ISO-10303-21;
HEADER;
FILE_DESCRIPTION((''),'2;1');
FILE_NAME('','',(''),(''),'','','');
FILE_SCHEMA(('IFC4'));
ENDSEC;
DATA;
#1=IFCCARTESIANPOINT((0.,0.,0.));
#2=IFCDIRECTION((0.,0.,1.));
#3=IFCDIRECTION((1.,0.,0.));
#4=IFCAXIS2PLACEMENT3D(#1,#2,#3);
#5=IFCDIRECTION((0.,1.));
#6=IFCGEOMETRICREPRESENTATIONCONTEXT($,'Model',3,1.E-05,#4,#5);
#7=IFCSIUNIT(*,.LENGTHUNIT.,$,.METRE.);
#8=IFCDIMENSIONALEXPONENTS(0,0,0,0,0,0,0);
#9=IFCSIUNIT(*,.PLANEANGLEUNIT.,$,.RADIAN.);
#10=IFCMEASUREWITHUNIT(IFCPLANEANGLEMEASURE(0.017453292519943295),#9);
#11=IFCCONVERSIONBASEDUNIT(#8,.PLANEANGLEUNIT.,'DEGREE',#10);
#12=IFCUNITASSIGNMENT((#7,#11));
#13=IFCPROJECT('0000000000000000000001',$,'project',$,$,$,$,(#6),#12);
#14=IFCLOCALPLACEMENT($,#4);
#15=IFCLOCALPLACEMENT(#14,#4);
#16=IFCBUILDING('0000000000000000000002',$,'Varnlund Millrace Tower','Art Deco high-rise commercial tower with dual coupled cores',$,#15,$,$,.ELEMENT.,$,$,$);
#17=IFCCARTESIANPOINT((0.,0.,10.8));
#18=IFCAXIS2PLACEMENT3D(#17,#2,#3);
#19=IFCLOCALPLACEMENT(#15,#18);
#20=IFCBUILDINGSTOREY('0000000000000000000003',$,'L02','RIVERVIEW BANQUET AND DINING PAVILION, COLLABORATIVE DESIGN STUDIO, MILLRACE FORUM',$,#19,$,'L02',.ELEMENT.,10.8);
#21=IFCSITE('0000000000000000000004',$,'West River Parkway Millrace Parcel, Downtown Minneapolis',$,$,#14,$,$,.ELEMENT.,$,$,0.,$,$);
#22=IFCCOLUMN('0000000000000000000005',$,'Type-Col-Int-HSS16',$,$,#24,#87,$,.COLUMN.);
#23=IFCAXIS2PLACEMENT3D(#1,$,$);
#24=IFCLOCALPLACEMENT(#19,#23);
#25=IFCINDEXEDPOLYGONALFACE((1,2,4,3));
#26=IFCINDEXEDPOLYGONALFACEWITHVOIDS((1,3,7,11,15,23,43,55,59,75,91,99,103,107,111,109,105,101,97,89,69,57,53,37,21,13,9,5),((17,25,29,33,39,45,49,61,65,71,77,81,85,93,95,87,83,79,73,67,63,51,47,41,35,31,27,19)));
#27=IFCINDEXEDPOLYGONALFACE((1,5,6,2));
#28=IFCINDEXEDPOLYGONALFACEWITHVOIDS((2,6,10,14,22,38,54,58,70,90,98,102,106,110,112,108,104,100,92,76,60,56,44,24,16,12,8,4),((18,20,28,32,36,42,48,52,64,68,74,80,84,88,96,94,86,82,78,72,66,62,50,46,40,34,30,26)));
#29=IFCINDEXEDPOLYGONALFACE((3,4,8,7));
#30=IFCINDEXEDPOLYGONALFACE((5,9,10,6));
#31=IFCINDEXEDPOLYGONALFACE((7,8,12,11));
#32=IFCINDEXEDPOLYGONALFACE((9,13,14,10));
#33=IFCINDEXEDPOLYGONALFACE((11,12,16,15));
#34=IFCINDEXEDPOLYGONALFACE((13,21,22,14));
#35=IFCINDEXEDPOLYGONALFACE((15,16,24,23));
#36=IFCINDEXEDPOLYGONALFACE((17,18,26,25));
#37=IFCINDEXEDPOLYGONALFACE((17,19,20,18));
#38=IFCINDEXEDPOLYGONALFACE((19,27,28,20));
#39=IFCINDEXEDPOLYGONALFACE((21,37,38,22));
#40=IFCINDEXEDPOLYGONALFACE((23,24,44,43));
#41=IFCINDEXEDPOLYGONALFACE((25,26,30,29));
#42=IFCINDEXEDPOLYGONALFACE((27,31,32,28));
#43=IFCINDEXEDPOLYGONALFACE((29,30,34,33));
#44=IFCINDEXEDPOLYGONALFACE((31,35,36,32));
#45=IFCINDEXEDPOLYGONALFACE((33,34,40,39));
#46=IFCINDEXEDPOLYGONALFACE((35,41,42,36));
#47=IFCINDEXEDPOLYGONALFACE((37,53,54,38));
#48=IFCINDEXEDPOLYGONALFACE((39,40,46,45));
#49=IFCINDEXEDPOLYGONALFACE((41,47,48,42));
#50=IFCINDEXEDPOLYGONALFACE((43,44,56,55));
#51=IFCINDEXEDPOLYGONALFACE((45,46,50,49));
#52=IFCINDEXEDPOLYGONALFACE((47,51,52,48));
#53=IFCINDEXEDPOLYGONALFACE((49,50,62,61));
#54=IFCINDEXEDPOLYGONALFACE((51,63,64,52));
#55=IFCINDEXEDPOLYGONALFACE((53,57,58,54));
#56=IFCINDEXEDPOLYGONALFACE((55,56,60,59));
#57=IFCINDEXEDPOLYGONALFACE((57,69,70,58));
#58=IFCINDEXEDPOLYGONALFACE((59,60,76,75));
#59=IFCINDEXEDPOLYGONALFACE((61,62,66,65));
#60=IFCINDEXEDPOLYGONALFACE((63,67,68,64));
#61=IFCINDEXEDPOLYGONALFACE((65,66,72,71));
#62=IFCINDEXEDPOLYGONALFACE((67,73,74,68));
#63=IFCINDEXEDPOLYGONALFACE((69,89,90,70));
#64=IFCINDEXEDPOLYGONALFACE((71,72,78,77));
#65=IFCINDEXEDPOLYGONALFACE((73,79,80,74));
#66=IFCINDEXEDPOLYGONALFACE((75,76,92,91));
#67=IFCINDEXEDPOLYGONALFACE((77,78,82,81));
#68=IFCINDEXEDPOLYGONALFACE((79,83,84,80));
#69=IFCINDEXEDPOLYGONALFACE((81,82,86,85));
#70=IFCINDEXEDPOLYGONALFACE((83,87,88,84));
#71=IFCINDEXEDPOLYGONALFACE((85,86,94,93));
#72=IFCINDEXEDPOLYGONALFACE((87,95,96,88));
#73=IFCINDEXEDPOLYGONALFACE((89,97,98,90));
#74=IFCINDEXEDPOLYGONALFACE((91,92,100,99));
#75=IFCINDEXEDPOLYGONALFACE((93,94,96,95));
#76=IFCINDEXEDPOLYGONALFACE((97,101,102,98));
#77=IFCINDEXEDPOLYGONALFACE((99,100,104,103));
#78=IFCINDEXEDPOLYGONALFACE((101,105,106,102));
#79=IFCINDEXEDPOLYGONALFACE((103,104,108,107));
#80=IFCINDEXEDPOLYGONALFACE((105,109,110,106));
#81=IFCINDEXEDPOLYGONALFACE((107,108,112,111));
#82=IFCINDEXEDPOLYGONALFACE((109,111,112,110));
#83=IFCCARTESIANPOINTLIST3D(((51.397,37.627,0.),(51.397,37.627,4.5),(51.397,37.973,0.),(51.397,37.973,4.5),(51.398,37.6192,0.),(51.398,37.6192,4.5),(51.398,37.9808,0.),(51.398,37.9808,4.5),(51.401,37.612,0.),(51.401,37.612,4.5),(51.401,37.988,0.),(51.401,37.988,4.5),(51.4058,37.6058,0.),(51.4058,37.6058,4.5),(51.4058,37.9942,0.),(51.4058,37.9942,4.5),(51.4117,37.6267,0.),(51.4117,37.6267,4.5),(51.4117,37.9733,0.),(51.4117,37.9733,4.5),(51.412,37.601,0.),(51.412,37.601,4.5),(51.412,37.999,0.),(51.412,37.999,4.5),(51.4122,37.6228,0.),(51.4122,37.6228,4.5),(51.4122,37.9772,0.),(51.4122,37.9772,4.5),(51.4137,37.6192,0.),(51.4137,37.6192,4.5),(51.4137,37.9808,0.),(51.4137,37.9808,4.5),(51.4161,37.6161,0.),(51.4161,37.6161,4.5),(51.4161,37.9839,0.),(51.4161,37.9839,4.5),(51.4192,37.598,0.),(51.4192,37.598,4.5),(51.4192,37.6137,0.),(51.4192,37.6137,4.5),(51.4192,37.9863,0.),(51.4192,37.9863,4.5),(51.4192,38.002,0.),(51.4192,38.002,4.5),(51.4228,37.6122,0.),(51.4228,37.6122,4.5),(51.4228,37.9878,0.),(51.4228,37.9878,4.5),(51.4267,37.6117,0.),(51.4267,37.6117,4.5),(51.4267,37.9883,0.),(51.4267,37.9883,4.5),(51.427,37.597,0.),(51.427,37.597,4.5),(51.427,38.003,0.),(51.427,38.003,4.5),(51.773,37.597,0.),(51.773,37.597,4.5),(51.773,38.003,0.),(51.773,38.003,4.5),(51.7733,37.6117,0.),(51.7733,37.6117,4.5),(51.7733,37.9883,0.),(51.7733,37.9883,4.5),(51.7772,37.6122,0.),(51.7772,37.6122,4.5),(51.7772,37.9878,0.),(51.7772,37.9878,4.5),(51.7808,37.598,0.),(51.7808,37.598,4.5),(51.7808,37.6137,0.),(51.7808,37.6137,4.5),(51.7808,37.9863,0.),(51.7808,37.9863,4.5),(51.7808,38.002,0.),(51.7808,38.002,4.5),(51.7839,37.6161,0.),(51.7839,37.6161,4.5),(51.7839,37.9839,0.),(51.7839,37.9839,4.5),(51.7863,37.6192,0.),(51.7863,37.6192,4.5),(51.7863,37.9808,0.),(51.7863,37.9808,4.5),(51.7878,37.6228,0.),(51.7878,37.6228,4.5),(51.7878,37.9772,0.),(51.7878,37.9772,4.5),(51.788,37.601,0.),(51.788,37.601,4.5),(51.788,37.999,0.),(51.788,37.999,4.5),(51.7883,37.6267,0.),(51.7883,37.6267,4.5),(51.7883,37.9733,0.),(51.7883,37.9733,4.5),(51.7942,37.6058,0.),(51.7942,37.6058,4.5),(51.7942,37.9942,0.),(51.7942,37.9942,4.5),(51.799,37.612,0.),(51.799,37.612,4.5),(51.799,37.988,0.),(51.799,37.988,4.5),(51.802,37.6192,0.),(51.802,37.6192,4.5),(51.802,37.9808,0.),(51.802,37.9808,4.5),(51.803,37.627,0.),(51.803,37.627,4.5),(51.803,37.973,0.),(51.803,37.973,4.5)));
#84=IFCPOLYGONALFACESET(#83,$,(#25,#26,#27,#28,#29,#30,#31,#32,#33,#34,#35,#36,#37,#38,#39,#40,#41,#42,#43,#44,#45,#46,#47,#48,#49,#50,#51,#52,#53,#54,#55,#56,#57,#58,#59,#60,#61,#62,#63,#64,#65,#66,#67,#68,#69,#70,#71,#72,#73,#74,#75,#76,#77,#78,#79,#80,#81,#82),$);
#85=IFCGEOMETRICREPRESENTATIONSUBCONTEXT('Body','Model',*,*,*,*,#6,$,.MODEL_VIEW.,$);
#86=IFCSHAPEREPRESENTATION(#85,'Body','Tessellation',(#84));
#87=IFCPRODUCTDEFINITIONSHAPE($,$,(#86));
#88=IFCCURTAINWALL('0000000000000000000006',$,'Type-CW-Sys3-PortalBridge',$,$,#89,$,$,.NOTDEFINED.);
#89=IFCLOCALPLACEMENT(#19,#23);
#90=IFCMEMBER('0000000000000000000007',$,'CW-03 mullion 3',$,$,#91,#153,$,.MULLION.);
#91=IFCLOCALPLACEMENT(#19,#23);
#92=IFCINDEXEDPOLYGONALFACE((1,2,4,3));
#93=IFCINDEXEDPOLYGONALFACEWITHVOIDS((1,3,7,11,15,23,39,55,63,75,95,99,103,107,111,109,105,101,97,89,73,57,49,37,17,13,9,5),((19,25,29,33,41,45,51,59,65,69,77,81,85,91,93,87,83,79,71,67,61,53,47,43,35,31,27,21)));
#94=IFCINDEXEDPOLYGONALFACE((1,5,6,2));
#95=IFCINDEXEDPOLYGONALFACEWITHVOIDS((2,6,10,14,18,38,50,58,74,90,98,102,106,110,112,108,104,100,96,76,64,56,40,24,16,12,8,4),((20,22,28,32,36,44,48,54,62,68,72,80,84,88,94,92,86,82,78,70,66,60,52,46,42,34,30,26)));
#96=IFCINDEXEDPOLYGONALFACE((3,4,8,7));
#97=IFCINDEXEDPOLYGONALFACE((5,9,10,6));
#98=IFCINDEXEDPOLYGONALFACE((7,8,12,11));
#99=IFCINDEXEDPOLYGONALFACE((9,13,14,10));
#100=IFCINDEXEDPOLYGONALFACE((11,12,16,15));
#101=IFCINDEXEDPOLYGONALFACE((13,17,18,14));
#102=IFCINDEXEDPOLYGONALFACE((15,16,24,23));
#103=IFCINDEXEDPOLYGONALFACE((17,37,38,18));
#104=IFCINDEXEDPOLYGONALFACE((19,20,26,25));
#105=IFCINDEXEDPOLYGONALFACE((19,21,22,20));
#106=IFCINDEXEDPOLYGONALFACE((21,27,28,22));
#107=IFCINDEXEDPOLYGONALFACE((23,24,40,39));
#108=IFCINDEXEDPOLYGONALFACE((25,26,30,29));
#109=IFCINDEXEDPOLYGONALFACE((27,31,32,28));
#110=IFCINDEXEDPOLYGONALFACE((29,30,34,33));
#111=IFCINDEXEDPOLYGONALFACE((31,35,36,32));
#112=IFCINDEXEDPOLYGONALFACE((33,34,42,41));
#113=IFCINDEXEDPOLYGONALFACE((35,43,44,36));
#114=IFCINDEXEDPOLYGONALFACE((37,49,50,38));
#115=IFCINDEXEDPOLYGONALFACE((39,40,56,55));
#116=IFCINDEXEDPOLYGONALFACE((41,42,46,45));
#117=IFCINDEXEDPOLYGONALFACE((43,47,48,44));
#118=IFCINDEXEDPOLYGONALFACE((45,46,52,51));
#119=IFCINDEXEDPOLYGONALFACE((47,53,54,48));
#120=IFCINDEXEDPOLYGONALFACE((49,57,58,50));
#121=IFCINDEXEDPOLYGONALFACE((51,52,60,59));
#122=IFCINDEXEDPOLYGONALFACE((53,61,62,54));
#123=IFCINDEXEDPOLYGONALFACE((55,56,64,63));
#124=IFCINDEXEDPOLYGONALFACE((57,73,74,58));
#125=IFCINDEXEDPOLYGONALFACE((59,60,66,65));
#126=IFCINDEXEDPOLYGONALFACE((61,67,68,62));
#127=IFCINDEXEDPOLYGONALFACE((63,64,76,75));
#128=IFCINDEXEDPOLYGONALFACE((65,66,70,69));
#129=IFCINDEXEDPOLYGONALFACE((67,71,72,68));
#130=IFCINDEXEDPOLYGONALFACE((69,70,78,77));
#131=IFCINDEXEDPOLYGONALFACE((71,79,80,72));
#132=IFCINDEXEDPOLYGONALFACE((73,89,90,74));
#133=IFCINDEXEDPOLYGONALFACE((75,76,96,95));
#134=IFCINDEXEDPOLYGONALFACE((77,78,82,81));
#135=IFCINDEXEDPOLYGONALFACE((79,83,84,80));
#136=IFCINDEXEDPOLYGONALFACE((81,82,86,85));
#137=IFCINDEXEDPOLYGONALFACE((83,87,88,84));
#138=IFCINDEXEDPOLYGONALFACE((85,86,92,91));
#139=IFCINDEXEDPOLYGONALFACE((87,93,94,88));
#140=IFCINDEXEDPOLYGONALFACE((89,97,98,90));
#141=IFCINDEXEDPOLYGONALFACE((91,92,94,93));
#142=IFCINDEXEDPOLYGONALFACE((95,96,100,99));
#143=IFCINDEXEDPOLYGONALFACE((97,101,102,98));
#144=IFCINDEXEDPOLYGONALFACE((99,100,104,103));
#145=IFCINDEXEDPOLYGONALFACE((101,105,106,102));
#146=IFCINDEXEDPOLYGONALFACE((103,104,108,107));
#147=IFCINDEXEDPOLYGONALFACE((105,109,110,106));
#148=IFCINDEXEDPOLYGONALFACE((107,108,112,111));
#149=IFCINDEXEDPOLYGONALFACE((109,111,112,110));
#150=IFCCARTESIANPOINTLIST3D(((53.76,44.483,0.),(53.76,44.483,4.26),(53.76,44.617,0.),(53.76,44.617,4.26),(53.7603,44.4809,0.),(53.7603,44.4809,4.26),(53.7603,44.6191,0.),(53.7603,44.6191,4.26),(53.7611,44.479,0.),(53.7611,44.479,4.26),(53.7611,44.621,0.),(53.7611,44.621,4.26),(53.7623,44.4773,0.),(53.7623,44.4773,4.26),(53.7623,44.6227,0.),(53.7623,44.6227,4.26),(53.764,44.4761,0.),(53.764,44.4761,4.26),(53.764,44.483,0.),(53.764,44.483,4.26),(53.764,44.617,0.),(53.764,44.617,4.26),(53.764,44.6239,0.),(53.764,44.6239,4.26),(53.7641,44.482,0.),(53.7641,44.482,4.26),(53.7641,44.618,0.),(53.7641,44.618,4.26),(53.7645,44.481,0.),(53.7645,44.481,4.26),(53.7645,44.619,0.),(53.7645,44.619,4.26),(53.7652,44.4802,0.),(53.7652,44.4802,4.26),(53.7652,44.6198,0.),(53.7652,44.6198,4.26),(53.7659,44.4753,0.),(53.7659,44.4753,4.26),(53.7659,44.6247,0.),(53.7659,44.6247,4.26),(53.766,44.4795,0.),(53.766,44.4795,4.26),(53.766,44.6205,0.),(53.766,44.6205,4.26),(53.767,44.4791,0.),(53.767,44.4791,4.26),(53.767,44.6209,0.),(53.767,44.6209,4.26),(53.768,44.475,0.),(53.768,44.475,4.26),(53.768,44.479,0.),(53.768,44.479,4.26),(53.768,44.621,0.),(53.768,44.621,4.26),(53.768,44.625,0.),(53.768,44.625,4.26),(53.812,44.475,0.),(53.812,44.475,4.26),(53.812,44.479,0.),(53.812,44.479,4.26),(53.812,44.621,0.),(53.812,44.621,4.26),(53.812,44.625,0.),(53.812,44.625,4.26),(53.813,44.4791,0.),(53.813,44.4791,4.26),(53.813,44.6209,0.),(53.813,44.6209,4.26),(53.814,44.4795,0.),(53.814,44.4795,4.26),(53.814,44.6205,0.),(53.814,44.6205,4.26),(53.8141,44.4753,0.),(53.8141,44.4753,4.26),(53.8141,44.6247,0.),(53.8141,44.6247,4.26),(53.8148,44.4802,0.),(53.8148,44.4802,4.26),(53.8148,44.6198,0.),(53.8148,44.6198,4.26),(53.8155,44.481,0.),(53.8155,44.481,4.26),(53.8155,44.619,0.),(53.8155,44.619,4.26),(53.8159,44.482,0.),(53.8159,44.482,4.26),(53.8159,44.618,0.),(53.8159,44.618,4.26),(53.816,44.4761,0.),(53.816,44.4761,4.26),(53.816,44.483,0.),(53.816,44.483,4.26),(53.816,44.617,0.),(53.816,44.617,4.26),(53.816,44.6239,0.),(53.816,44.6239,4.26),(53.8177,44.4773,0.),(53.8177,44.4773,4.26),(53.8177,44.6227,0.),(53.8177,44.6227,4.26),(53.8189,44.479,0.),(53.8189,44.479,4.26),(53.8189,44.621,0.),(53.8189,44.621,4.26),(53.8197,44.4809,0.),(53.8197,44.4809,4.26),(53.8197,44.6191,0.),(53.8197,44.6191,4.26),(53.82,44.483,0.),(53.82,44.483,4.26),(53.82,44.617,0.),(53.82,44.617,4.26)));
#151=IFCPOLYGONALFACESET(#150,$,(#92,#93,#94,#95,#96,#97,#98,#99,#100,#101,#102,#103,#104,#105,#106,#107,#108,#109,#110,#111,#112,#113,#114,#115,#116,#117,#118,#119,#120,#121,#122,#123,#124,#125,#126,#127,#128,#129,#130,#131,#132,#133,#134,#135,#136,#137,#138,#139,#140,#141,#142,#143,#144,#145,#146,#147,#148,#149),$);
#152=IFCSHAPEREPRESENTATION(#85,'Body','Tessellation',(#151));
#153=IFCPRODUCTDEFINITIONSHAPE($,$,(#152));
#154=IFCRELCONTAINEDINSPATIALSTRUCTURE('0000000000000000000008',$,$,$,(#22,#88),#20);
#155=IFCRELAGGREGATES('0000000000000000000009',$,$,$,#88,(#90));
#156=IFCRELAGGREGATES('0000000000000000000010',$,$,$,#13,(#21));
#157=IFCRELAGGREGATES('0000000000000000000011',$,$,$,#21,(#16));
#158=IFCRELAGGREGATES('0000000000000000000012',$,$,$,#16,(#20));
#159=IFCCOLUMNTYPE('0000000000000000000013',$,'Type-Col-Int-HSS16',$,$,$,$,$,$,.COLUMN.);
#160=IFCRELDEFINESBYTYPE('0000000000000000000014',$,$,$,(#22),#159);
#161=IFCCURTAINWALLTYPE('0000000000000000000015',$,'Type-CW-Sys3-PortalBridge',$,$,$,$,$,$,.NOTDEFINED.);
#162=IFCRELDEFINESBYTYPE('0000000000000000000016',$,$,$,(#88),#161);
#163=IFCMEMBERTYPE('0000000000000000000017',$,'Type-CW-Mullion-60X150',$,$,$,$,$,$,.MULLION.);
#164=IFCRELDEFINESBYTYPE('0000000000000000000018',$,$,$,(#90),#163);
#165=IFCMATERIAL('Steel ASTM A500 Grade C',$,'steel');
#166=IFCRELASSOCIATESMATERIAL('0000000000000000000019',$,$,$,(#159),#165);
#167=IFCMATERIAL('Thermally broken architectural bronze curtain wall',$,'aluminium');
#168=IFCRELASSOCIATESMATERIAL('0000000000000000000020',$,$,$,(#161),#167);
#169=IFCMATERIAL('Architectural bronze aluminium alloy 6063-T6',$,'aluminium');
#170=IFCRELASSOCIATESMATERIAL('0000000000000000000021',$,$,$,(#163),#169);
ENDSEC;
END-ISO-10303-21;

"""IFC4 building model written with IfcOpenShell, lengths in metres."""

from ifc_helpers import new_model, entity, si_unit, converted_unit, direction, frame, origin_with_axes, origin_2d_with_axis, place, context, subcontext, project, spatial, hollow_rectangle, extrude, material, material_profile, profile_set, type_object, element, aggregate, save


model = new_model("IFC4")

# Units and contexts
model_context = context("Model", 3, precision=1e-05, world=origin_with_axes(), true_north=direction((0.0, 1.0)))
body_context = subcontext(model_context, "Body", "Model", "MODEL_VIEW")
ifc_project = project(units=[si_unit("LENGTHUNIT", "METRE"), converted_unit("PLANEANGLEUNIT", "DEGREE", entity("IfcPlaneAngleMeasure", 0.017453292519943295), si_unit("PLANEANGLEUNIT", "RADIAN"), dimensions=[0, 0, 0, 0, 0, 0, 0])], contexts=[model_context])

# Site, building, storey
site_placement = place(None, origin_with_axes())
site = spatial("IfcSite", under=ifc_project, at=site_placement, Name="West River Parkway Millrace Parcel, Downtown Minneapolis", CompositionType="ELEMENT", RefElevation=0.0)
building_placement = place(site_placement, origin_with_axes())
building = spatial("IfcBuilding", under=site, at=building_placement, Name="Varnlund Millrace Tower", Description="Art Deco high-rise commercial tower with dual coupled cores", CompositionType="ELEMENT")
storey_placement = place(building_placement, frame((0.0, 0.0, 10.8), z_axis=(0.0, 0.0, 1.0), x_axis=(1.0, 0.0, 0.0)))
storey = spatial("IfcBuildingStorey", under=building, at=storey_placement, Name="L02", Description="RIVERVIEW BANQUET AND DINING PAVILION, COLLABORATIVE DESIGN STUDIO, MILLRACE FORUM", LongName="L02", CompositionType="ELEMENT", Elevation=10.8)

# Column
ifc_material_1 = material(Name="Steel ASTM A500 Grade C", Category="steel")
ifc_material_profile_1 = material_profile(ifc_material_1, hollow_rectangle(XDim=0.406, YDim=0.406, WallThickness=0.0147, InnerFilletRadius=0.015, OuterFilletRadius=0.03, at=origin_2d_with_axis()), Name="Steel ASTM A500 Grade C")
ifc_profile_set_1 = profile_set([ifc_material_profile_1], Name="Steel ASTM A500 Grade C")
column_type = type_object("IfcColumnType", Name="Type-Col-Int-HSS16", PredefinedType="COLUMN", material=ifc_profile_set_1)
column_placement = place(storey_placement, frame((51.6, 37.8, 0.0), z_axis=(0.0, 0.0, 1.0), x_axis=(1.0, 0.0, 0.0)))
element("IfcColumn", 1, at=column_placement, inside=storey, type_object=column_type, Name="Type-Col-Int-HSS16", PredefinedType="COLUMN", context=body_context, shape_type="SweptSolid", body=[
    extrude(hollow_rectangle(XDim=0.406, YDim=0.406, WallThickness=0.0147, InnerFilletRadius=0.015, OuterFilletRadius=0.03, at=origin_2d_with_axis()), origin_with_axes(), (0.0, 0.0, 1.0), 4.5),
])

# Curtain wall, member
ifc_material_2 = material(Name="Thermally broken architectural bronze curtain wall", Category="aluminium")
curtain_wall_type = type_object("IfcCurtainWallType", Name="Type-CW-Sys3-PortalBridge", PredefinedType="NOTDEFINED", material=ifc_material_2)
curtain_wall_placement = place(storey_placement, frame((53.79, 47.55, 0.0), z_axis=(0.0, 0.0, 1.0), x_axis=(1.0, 0.0, 0.0)))
curtain_wall = element("IfcCurtainWall", 2, at=curtain_wall_placement, inside=storey, type_object=curtain_wall_type, Name="Type-CW-Sys3-PortalBridge", PredefinedType="NOTDEFINED")
ifc_material_3 = material(Name="Architectural bronze aluminium alloy 6063-T6", Category="aluminium")
ifc_material_profile_2 = material_profile(ifc_material_3, hollow_rectangle(XDim=0.06, YDim=0.15, WallThickness=0.004, InnerFilletRadius=0.004, OuterFilletRadius=0.008, at=origin_2d_with_axis()), Name="Architectural bronze aluminium alloy 6063-T6")
ifc_profile_set_2 = profile_set([ifc_material_profile_2], Name="Architectural bronze aluminium alloy 6063-T6")
member_type_1 = type_object("IfcMemberType", Name="Type-CW-Mullion-60X150", PredefinedType="MULLION", material=ifc_profile_set_2)
member_1_placement = place(storey_placement, frame((53.79, 44.55, 0.0), z_axis=(0.0, 0.0, 1.0), x_axis=(1.0, 0.0, 0.0)))
member_1 = element("IfcMember", 3, at=member_1_placement, type_object=member_type_1, Name="CW-03 mullion 3", PredefinedType="MULLION", context=body_context, shape_type="SweptSolid", body=[
    extrude(hollow_rectangle(XDim=0.06, YDim=0.15, WallThickness=0.004, InnerFilletRadius=0.004, OuterFilletRadius=0.008, at=origin_2d_with_axis()), origin_with_axes(), (0.0, 0.0, 1.0), 4.26),
])

aggregate(curtain_wall, [member_1])

save(model, "model.ifc")
